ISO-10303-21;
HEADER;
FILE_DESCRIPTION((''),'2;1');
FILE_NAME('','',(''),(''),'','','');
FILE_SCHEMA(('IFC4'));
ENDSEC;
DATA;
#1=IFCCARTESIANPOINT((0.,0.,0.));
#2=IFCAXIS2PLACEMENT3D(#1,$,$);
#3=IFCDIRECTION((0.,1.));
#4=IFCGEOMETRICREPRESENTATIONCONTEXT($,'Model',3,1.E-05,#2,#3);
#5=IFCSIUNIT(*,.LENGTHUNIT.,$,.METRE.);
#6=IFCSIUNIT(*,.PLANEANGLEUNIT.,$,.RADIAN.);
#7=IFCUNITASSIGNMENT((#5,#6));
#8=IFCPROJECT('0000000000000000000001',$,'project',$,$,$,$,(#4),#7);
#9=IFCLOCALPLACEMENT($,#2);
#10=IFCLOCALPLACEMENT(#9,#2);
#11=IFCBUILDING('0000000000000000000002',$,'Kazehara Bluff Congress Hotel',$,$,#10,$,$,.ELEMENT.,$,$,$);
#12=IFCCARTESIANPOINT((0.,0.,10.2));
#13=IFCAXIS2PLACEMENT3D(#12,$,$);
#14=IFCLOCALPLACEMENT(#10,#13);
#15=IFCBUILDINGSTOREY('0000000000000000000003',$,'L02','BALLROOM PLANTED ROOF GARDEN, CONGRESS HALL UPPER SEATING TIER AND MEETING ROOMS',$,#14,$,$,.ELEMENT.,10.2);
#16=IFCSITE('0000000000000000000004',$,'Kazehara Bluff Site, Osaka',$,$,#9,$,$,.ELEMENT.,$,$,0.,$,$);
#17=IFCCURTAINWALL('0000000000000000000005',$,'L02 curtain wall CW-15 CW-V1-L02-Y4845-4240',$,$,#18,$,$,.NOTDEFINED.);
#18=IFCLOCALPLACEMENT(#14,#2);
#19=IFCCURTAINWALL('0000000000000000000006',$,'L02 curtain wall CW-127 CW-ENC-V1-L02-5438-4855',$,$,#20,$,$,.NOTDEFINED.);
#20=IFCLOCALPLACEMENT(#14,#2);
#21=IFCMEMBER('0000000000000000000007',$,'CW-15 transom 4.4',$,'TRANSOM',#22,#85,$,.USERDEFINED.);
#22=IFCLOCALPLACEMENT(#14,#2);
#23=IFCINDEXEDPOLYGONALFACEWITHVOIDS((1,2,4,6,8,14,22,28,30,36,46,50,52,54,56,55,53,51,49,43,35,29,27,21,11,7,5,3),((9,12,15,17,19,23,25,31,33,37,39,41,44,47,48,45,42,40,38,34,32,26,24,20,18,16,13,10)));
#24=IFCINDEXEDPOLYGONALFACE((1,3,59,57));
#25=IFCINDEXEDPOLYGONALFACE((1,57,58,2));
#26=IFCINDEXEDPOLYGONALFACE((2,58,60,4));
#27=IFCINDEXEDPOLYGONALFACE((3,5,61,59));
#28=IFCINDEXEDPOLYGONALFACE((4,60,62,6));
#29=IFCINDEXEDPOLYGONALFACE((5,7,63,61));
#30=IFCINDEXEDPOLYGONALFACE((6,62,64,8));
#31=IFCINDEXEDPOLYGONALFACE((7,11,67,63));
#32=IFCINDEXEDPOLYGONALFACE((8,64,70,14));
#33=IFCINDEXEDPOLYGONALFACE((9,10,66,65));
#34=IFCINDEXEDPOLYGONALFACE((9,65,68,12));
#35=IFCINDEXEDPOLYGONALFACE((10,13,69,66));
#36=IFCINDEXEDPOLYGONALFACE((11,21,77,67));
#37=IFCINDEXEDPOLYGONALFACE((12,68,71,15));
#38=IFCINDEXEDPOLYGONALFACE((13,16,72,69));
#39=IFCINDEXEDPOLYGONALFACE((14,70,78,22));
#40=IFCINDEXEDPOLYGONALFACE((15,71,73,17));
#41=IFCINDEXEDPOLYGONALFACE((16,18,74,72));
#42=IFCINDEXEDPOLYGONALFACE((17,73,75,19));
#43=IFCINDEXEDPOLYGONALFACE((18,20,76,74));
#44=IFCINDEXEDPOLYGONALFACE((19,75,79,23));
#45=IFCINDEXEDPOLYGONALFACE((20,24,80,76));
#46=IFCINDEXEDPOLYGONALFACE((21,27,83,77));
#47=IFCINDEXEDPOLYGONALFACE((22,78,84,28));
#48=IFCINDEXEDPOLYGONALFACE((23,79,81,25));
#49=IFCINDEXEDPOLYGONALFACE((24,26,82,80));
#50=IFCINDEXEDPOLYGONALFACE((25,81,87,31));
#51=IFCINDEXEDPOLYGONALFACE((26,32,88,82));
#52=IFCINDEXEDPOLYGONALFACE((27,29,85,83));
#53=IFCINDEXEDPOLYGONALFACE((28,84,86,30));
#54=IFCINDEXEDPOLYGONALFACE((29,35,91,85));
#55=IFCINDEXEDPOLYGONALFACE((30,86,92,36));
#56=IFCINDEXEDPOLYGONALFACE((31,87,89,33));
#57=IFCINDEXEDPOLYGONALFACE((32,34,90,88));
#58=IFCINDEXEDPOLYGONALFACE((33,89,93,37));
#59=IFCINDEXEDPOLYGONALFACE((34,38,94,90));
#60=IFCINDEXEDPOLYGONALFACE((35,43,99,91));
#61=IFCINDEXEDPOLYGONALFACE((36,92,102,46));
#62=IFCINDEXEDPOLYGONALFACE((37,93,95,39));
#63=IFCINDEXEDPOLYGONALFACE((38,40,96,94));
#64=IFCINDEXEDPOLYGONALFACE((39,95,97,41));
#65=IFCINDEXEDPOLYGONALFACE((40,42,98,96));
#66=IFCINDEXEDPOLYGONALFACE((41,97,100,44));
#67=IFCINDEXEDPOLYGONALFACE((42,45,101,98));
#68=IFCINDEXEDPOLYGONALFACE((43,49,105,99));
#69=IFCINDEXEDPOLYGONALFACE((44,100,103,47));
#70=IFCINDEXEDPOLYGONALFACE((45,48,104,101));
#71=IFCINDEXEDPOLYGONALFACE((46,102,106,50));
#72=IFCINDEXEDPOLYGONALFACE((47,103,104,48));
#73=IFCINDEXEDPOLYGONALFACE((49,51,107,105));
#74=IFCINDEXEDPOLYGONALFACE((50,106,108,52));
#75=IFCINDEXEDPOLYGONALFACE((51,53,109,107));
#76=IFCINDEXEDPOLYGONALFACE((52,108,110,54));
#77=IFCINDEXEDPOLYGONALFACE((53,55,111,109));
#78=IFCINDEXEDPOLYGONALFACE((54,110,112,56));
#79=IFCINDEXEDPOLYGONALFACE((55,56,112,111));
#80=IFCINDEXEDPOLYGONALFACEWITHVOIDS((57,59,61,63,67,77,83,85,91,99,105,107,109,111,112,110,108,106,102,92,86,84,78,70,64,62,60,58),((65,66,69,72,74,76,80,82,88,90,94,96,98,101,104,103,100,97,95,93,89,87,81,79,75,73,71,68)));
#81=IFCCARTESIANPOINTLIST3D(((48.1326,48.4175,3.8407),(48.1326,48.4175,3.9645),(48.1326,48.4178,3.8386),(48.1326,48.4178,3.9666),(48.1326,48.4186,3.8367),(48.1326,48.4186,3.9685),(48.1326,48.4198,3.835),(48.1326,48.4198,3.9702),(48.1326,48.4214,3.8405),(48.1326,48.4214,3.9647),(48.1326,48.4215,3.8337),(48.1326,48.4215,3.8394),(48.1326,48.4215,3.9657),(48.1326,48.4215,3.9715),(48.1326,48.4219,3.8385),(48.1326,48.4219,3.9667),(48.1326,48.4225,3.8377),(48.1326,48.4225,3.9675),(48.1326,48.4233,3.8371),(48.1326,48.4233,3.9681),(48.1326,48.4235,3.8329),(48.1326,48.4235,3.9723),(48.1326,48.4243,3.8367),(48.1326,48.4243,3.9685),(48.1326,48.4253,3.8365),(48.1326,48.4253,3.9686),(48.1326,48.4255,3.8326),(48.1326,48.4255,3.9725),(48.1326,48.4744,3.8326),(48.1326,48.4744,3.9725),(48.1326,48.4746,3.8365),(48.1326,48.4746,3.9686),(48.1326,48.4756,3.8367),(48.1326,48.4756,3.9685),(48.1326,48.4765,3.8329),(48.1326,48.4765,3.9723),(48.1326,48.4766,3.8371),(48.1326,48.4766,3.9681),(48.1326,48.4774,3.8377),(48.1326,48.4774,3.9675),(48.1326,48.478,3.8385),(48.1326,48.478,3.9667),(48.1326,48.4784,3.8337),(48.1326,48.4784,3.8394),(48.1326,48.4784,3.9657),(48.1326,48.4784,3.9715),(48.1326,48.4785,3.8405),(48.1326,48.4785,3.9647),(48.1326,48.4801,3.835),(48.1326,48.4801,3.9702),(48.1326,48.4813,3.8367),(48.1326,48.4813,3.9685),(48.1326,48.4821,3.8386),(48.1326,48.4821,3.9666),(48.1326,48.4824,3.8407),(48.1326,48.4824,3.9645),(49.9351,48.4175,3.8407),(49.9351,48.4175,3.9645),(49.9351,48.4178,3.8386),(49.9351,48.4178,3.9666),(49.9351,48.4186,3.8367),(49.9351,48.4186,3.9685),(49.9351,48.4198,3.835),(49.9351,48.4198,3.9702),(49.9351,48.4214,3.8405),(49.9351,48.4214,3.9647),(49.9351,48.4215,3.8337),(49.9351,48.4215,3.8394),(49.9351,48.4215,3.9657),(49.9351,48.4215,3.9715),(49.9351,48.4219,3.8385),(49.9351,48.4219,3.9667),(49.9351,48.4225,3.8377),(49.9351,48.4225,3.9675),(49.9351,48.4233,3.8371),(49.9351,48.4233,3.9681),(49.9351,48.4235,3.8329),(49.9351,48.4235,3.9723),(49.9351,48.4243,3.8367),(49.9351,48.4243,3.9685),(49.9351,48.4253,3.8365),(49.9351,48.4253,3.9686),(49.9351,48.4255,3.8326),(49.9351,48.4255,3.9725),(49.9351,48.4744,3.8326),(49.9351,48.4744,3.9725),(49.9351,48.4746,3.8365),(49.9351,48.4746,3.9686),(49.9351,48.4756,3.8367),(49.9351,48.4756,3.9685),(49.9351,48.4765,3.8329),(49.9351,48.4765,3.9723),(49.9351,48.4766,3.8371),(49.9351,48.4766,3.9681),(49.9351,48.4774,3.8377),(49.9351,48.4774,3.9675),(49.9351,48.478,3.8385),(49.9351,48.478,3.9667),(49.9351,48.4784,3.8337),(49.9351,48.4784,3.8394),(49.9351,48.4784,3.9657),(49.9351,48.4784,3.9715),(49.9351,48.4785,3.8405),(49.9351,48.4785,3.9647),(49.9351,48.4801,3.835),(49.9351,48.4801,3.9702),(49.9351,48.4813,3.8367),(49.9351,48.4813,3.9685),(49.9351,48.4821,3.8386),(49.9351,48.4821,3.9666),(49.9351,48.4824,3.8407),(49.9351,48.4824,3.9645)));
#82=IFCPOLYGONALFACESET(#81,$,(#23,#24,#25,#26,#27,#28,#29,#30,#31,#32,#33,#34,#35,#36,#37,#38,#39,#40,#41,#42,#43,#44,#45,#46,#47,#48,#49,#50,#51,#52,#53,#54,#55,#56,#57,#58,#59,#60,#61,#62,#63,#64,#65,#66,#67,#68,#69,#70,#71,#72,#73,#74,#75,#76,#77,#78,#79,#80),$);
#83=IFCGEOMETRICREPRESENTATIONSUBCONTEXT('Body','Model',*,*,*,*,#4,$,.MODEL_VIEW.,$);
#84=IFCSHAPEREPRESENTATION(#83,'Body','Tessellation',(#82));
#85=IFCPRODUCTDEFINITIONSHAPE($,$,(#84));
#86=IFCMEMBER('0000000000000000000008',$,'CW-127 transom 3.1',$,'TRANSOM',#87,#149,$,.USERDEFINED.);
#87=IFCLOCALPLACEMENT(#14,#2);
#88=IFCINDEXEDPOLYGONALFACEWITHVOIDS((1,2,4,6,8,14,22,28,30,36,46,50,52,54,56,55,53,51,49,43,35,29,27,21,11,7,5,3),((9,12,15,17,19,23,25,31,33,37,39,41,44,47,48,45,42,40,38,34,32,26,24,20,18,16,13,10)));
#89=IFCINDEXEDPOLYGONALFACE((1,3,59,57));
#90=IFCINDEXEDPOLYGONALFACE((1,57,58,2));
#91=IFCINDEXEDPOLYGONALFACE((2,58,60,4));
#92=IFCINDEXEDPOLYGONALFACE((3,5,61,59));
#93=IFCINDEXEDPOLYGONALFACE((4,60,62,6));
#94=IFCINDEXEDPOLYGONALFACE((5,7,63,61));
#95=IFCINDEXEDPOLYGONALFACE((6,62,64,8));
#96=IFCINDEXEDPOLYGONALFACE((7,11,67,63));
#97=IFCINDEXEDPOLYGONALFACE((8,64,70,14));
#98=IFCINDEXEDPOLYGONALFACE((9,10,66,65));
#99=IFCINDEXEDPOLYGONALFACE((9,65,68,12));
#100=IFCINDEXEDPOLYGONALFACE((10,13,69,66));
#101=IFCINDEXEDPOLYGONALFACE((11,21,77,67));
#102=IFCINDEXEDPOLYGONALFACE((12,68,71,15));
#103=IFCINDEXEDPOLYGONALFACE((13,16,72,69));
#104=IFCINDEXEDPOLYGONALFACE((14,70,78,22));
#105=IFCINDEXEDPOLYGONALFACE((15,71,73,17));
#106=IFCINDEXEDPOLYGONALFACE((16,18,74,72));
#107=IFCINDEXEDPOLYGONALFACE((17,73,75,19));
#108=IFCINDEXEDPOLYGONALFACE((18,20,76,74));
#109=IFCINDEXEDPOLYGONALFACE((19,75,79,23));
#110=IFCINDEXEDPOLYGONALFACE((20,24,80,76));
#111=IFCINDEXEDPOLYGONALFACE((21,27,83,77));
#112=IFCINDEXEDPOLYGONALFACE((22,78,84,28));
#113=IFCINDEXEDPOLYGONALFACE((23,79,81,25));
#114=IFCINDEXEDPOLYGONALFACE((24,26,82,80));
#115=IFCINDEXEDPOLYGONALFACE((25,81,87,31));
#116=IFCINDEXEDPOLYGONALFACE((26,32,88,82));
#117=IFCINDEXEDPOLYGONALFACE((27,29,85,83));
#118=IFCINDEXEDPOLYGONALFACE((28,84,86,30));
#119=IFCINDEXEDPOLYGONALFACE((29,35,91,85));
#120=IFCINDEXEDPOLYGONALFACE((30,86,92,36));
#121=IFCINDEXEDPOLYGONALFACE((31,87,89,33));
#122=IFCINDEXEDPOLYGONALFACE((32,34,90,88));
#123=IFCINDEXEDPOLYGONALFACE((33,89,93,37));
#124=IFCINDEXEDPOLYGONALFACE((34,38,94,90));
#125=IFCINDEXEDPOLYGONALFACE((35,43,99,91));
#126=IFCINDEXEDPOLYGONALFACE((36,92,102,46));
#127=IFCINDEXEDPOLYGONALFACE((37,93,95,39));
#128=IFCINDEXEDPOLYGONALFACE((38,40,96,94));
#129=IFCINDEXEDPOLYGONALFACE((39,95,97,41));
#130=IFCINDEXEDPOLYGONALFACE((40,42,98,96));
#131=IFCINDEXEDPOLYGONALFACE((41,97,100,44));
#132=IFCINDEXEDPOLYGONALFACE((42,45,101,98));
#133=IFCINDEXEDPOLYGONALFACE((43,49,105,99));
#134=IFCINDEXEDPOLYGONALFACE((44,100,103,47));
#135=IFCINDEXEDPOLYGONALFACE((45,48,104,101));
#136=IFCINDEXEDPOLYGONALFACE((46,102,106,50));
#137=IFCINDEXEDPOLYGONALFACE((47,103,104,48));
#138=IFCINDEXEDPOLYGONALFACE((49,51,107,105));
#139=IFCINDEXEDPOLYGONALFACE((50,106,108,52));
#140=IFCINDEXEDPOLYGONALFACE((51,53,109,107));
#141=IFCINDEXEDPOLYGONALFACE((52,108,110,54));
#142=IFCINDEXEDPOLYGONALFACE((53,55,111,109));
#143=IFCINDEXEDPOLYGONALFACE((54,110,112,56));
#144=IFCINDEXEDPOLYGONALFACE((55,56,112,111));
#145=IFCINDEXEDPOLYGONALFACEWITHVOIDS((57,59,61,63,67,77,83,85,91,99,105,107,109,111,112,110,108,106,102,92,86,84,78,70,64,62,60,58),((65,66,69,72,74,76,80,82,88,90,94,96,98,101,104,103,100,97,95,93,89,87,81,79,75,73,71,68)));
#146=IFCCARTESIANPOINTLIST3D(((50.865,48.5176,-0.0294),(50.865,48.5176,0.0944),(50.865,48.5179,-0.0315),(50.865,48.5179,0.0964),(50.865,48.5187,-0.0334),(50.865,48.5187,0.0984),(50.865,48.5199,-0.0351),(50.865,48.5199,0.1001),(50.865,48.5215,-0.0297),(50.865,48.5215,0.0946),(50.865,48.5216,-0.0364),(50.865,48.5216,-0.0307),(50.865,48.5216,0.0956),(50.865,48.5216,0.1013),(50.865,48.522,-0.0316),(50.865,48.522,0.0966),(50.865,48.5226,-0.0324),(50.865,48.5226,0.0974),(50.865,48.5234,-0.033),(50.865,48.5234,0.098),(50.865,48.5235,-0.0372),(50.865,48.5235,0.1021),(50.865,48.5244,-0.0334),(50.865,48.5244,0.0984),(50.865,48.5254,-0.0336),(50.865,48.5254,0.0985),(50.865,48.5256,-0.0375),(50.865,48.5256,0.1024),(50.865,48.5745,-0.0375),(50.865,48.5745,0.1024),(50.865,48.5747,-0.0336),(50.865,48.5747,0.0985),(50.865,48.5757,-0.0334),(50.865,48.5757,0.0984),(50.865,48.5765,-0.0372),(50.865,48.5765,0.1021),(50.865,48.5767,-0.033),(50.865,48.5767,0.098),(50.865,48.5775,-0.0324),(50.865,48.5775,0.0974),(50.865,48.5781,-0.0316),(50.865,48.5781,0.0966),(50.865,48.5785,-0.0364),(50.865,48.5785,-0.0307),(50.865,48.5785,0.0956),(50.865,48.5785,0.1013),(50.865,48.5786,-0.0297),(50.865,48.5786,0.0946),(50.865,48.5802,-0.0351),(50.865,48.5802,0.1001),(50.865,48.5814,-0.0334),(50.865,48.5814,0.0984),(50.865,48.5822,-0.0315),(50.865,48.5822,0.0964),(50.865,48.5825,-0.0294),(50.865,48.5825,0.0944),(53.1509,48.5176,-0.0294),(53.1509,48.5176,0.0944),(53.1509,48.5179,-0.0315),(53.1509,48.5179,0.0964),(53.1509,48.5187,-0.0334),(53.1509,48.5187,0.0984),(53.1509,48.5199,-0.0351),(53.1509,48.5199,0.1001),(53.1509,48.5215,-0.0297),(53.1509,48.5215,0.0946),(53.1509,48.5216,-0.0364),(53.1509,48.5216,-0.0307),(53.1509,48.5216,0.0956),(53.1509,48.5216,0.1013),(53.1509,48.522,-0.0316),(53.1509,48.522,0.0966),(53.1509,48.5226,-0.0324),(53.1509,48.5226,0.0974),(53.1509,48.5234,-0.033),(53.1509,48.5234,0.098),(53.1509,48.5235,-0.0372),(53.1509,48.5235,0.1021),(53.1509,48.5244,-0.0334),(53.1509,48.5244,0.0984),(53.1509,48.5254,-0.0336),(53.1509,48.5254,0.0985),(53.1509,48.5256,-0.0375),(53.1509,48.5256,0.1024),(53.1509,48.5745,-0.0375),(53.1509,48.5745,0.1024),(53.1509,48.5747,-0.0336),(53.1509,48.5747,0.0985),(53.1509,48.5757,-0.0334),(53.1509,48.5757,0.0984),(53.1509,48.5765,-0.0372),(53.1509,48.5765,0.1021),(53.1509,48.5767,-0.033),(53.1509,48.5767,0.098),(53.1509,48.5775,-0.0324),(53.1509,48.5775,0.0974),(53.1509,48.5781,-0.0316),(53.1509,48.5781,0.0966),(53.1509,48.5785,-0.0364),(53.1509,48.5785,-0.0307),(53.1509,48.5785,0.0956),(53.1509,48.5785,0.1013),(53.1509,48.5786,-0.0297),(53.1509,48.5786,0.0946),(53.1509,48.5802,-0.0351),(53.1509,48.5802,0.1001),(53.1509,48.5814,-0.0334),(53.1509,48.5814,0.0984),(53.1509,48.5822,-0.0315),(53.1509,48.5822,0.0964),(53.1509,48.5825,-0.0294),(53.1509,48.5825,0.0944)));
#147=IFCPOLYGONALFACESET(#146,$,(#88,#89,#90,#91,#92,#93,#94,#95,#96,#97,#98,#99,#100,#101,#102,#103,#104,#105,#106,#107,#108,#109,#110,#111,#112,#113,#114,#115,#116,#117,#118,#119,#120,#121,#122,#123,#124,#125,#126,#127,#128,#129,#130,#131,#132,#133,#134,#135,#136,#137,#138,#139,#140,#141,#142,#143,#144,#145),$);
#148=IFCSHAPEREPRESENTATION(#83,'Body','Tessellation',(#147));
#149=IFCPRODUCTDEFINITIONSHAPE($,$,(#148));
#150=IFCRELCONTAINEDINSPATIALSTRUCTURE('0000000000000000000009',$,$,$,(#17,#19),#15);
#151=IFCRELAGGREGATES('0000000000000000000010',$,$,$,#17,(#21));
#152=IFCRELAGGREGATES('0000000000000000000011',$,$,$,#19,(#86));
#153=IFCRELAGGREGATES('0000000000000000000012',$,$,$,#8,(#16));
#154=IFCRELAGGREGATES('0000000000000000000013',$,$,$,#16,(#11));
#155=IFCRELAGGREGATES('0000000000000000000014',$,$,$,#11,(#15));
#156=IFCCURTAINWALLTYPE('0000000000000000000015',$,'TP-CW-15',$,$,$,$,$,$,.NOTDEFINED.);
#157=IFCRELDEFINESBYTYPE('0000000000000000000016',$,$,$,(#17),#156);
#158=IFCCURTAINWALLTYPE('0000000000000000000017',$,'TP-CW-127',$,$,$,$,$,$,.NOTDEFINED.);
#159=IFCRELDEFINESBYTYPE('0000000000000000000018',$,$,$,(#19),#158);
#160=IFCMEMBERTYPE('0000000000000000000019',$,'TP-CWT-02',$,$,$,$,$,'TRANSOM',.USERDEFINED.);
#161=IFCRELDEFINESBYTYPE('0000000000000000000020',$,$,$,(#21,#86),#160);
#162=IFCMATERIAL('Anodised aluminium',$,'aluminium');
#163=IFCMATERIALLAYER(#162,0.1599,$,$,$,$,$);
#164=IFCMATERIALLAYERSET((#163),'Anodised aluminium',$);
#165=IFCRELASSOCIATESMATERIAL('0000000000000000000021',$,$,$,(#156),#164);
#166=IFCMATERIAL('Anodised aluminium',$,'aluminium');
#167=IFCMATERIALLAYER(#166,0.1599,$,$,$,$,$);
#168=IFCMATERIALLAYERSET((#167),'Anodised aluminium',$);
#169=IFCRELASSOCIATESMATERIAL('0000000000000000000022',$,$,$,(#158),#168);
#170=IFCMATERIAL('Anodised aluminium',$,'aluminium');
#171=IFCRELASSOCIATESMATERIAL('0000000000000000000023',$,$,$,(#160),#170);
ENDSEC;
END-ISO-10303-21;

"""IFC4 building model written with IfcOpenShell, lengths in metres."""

from ifc_helpers import new_model, si_unit, direction, frame, origin, origin_2d, place, context, subcontext, project, spatial, hollow_rectangle, extrude, material, layer, layer_set, material_profile, profile_set, type_object, element, aggregate, save


model = new_model("IFC4")

# Units and contexts
model_context = context("Model", 3, precision=1e-05, world=origin(), true_north=direction((0.0, 1.0)))
body_context = subcontext(model_context, "Body", "Model", "MODEL_VIEW")
ifc_project = project(units=[si_unit("LENGTHUNIT", "METRE"), si_unit("PLANEANGLEUNIT", "RADIAN")], contexts=[model_context])

# Site, building, storey
site_placement = place(None, origin())
site = spatial("IfcSite", under=ifc_project, at=site_placement, Name="Kazehara Bluff Site, Osaka", CompositionType="ELEMENT", RefElevation=0.0)
building_placement = place(site_placement, origin())
building = spatial("IfcBuilding", under=site, at=building_placement, Name="Kazehara Bluff Congress Hotel", CompositionType="ELEMENT")
storey_placement = place(building_placement, frame((0.0, 0.0, 10.2)))
storey = spatial("IfcBuildingStorey", under=building, at=storey_placement, Name="L02", Description="BALLROOM PLANTED ROOF GARDEN, CONGRESS HALL UPPER SEATING TIER AND MEETING ROOMS", CompositionType="ELEMENT", Elevation=10.2)

# Curtain wall
ifc_material_1 = material(Name="Anodised aluminium", Category="aluminium")
ifc_layer_1 = layer(ifc_material_1, 0.1599)
ifc_layer_set_1 = layer_set([ifc_layer_1], Name="Anodised aluminium")
curtain_wall_type_1 = type_object("IfcCurtainWallType", Name="TP-CW-15", PredefinedType="NOTDEFINED", material=ifc_layer_set_1)
curtain_wall_1_placement = place(storey_placement, origin())
curtain_wall_1 = element("IfcCurtainWall", 1, at=curtain_wall_1_placement, inside=storey, type_object=curtain_wall_type_1, Name="L02 curtain wall CW-15 CW-V1-L02-Y4845-4240", PredefinedType="NOTDEFINED")

# Curtain wall
ifc_material_2 = material(Name="Anodised aluminium", Category="aluminium")
ifc_layer_2 = layer(ifc_material_2, 0.1599)
ifc_layer_set_2 = layer_set([ifc_layer_2], Name="Anodised aluminium")
curtain_wall_type_2 = type_object("IfcCurtainWallType", Name="TP-CW-127", PredefinedType="NOTDEFINED", material=ifc_layer_set_2)
curtain_wall_2_placement = place(storey_placement, origin())
curtain_wall_2 = element("IfcCurtainWall", 2, at=curtain_wall_2_placement, inside=storey, type_object=curtain_wall_type_2, Name="L02 curtain wall CW-127 CW-ENC-V1-L02-5438-4855", PredefinedType="NOTDEFINED")

# Members
ifc_material_3 = material(Name="Anodised aluminium", Category="aluminium")
ifc_material_profile_1 = material_profile(ifc_material_3, hollow_rectangle(XDim=0.0649, YDim=0.1399, WallThickness=0.0039, InnerFilletRadius=0.0039, OuterFilletRadius=0.0081, at=origin_2d()))
ifc_profile_set_1 = profile_set([ifc_material_profile_1], Name="Anodised aluminium")
member_type_1 = type_object("IfcMemberType", Name="TP-CWT-02", ElementType="TRANSOM", PredefinedType="USERDEFINED", material=ifc_profile_set_1)
member_1_placement = place(storey_placement, frame((48.1326, 48.45, 3.9026), z_axis=(1.0, 0.0, 0.0), x_axis=(0.0, 1.0, 0.0)))
member_1 = element("IfcMember", 3, at=member_1_placement, type_object=member_type_1, Name="CW-15 transom 4.4", ObjectType="TRANSOM", PredefinedType="USERDEFINED", context=body_context, shape_type="SweptSolid", body=[
    extrude(hollow_rectangle(XDim=0.0649, YDim=0.1399, WallThickness=0.0039, InnerFilletRadius=0.0039, OuterFilletRadius=0.0081, at=origin_2d()), origin(), (0.0, 0.0, 1.0), 1.8025),
])
member_2_placement = place(storey_placement, frame((53.1509, 48.55, 0.0325), z_axis=(-1.0, 0.0, 0.0), x_axis=(0.0, -1.0, 0.0)))
member_2 = element("IfcMember", 4, at=member_2_placement, type_object=member_type_1, Name="CW-127 transom 3.1", ObjectType="TRANSOM", PredefinedType="USERDEFINED", context=body_context, shape_type="SweptSolid", body=[
    extrude(hollow_rectangle(XDim=0.0649, YDim=0.1399, WallThickness=0.0039, InnerFilletRadius=0.0039, OuterFilletRadius=0.0081, at=origin_2d()), origin(), (0.0, 0.0, 1.0), 2.2859),
])

aggregate(curtain_wall_1, [member_1])
aggregate(curtain_wall_2, [member_2])

save(model, "model.ifc")
